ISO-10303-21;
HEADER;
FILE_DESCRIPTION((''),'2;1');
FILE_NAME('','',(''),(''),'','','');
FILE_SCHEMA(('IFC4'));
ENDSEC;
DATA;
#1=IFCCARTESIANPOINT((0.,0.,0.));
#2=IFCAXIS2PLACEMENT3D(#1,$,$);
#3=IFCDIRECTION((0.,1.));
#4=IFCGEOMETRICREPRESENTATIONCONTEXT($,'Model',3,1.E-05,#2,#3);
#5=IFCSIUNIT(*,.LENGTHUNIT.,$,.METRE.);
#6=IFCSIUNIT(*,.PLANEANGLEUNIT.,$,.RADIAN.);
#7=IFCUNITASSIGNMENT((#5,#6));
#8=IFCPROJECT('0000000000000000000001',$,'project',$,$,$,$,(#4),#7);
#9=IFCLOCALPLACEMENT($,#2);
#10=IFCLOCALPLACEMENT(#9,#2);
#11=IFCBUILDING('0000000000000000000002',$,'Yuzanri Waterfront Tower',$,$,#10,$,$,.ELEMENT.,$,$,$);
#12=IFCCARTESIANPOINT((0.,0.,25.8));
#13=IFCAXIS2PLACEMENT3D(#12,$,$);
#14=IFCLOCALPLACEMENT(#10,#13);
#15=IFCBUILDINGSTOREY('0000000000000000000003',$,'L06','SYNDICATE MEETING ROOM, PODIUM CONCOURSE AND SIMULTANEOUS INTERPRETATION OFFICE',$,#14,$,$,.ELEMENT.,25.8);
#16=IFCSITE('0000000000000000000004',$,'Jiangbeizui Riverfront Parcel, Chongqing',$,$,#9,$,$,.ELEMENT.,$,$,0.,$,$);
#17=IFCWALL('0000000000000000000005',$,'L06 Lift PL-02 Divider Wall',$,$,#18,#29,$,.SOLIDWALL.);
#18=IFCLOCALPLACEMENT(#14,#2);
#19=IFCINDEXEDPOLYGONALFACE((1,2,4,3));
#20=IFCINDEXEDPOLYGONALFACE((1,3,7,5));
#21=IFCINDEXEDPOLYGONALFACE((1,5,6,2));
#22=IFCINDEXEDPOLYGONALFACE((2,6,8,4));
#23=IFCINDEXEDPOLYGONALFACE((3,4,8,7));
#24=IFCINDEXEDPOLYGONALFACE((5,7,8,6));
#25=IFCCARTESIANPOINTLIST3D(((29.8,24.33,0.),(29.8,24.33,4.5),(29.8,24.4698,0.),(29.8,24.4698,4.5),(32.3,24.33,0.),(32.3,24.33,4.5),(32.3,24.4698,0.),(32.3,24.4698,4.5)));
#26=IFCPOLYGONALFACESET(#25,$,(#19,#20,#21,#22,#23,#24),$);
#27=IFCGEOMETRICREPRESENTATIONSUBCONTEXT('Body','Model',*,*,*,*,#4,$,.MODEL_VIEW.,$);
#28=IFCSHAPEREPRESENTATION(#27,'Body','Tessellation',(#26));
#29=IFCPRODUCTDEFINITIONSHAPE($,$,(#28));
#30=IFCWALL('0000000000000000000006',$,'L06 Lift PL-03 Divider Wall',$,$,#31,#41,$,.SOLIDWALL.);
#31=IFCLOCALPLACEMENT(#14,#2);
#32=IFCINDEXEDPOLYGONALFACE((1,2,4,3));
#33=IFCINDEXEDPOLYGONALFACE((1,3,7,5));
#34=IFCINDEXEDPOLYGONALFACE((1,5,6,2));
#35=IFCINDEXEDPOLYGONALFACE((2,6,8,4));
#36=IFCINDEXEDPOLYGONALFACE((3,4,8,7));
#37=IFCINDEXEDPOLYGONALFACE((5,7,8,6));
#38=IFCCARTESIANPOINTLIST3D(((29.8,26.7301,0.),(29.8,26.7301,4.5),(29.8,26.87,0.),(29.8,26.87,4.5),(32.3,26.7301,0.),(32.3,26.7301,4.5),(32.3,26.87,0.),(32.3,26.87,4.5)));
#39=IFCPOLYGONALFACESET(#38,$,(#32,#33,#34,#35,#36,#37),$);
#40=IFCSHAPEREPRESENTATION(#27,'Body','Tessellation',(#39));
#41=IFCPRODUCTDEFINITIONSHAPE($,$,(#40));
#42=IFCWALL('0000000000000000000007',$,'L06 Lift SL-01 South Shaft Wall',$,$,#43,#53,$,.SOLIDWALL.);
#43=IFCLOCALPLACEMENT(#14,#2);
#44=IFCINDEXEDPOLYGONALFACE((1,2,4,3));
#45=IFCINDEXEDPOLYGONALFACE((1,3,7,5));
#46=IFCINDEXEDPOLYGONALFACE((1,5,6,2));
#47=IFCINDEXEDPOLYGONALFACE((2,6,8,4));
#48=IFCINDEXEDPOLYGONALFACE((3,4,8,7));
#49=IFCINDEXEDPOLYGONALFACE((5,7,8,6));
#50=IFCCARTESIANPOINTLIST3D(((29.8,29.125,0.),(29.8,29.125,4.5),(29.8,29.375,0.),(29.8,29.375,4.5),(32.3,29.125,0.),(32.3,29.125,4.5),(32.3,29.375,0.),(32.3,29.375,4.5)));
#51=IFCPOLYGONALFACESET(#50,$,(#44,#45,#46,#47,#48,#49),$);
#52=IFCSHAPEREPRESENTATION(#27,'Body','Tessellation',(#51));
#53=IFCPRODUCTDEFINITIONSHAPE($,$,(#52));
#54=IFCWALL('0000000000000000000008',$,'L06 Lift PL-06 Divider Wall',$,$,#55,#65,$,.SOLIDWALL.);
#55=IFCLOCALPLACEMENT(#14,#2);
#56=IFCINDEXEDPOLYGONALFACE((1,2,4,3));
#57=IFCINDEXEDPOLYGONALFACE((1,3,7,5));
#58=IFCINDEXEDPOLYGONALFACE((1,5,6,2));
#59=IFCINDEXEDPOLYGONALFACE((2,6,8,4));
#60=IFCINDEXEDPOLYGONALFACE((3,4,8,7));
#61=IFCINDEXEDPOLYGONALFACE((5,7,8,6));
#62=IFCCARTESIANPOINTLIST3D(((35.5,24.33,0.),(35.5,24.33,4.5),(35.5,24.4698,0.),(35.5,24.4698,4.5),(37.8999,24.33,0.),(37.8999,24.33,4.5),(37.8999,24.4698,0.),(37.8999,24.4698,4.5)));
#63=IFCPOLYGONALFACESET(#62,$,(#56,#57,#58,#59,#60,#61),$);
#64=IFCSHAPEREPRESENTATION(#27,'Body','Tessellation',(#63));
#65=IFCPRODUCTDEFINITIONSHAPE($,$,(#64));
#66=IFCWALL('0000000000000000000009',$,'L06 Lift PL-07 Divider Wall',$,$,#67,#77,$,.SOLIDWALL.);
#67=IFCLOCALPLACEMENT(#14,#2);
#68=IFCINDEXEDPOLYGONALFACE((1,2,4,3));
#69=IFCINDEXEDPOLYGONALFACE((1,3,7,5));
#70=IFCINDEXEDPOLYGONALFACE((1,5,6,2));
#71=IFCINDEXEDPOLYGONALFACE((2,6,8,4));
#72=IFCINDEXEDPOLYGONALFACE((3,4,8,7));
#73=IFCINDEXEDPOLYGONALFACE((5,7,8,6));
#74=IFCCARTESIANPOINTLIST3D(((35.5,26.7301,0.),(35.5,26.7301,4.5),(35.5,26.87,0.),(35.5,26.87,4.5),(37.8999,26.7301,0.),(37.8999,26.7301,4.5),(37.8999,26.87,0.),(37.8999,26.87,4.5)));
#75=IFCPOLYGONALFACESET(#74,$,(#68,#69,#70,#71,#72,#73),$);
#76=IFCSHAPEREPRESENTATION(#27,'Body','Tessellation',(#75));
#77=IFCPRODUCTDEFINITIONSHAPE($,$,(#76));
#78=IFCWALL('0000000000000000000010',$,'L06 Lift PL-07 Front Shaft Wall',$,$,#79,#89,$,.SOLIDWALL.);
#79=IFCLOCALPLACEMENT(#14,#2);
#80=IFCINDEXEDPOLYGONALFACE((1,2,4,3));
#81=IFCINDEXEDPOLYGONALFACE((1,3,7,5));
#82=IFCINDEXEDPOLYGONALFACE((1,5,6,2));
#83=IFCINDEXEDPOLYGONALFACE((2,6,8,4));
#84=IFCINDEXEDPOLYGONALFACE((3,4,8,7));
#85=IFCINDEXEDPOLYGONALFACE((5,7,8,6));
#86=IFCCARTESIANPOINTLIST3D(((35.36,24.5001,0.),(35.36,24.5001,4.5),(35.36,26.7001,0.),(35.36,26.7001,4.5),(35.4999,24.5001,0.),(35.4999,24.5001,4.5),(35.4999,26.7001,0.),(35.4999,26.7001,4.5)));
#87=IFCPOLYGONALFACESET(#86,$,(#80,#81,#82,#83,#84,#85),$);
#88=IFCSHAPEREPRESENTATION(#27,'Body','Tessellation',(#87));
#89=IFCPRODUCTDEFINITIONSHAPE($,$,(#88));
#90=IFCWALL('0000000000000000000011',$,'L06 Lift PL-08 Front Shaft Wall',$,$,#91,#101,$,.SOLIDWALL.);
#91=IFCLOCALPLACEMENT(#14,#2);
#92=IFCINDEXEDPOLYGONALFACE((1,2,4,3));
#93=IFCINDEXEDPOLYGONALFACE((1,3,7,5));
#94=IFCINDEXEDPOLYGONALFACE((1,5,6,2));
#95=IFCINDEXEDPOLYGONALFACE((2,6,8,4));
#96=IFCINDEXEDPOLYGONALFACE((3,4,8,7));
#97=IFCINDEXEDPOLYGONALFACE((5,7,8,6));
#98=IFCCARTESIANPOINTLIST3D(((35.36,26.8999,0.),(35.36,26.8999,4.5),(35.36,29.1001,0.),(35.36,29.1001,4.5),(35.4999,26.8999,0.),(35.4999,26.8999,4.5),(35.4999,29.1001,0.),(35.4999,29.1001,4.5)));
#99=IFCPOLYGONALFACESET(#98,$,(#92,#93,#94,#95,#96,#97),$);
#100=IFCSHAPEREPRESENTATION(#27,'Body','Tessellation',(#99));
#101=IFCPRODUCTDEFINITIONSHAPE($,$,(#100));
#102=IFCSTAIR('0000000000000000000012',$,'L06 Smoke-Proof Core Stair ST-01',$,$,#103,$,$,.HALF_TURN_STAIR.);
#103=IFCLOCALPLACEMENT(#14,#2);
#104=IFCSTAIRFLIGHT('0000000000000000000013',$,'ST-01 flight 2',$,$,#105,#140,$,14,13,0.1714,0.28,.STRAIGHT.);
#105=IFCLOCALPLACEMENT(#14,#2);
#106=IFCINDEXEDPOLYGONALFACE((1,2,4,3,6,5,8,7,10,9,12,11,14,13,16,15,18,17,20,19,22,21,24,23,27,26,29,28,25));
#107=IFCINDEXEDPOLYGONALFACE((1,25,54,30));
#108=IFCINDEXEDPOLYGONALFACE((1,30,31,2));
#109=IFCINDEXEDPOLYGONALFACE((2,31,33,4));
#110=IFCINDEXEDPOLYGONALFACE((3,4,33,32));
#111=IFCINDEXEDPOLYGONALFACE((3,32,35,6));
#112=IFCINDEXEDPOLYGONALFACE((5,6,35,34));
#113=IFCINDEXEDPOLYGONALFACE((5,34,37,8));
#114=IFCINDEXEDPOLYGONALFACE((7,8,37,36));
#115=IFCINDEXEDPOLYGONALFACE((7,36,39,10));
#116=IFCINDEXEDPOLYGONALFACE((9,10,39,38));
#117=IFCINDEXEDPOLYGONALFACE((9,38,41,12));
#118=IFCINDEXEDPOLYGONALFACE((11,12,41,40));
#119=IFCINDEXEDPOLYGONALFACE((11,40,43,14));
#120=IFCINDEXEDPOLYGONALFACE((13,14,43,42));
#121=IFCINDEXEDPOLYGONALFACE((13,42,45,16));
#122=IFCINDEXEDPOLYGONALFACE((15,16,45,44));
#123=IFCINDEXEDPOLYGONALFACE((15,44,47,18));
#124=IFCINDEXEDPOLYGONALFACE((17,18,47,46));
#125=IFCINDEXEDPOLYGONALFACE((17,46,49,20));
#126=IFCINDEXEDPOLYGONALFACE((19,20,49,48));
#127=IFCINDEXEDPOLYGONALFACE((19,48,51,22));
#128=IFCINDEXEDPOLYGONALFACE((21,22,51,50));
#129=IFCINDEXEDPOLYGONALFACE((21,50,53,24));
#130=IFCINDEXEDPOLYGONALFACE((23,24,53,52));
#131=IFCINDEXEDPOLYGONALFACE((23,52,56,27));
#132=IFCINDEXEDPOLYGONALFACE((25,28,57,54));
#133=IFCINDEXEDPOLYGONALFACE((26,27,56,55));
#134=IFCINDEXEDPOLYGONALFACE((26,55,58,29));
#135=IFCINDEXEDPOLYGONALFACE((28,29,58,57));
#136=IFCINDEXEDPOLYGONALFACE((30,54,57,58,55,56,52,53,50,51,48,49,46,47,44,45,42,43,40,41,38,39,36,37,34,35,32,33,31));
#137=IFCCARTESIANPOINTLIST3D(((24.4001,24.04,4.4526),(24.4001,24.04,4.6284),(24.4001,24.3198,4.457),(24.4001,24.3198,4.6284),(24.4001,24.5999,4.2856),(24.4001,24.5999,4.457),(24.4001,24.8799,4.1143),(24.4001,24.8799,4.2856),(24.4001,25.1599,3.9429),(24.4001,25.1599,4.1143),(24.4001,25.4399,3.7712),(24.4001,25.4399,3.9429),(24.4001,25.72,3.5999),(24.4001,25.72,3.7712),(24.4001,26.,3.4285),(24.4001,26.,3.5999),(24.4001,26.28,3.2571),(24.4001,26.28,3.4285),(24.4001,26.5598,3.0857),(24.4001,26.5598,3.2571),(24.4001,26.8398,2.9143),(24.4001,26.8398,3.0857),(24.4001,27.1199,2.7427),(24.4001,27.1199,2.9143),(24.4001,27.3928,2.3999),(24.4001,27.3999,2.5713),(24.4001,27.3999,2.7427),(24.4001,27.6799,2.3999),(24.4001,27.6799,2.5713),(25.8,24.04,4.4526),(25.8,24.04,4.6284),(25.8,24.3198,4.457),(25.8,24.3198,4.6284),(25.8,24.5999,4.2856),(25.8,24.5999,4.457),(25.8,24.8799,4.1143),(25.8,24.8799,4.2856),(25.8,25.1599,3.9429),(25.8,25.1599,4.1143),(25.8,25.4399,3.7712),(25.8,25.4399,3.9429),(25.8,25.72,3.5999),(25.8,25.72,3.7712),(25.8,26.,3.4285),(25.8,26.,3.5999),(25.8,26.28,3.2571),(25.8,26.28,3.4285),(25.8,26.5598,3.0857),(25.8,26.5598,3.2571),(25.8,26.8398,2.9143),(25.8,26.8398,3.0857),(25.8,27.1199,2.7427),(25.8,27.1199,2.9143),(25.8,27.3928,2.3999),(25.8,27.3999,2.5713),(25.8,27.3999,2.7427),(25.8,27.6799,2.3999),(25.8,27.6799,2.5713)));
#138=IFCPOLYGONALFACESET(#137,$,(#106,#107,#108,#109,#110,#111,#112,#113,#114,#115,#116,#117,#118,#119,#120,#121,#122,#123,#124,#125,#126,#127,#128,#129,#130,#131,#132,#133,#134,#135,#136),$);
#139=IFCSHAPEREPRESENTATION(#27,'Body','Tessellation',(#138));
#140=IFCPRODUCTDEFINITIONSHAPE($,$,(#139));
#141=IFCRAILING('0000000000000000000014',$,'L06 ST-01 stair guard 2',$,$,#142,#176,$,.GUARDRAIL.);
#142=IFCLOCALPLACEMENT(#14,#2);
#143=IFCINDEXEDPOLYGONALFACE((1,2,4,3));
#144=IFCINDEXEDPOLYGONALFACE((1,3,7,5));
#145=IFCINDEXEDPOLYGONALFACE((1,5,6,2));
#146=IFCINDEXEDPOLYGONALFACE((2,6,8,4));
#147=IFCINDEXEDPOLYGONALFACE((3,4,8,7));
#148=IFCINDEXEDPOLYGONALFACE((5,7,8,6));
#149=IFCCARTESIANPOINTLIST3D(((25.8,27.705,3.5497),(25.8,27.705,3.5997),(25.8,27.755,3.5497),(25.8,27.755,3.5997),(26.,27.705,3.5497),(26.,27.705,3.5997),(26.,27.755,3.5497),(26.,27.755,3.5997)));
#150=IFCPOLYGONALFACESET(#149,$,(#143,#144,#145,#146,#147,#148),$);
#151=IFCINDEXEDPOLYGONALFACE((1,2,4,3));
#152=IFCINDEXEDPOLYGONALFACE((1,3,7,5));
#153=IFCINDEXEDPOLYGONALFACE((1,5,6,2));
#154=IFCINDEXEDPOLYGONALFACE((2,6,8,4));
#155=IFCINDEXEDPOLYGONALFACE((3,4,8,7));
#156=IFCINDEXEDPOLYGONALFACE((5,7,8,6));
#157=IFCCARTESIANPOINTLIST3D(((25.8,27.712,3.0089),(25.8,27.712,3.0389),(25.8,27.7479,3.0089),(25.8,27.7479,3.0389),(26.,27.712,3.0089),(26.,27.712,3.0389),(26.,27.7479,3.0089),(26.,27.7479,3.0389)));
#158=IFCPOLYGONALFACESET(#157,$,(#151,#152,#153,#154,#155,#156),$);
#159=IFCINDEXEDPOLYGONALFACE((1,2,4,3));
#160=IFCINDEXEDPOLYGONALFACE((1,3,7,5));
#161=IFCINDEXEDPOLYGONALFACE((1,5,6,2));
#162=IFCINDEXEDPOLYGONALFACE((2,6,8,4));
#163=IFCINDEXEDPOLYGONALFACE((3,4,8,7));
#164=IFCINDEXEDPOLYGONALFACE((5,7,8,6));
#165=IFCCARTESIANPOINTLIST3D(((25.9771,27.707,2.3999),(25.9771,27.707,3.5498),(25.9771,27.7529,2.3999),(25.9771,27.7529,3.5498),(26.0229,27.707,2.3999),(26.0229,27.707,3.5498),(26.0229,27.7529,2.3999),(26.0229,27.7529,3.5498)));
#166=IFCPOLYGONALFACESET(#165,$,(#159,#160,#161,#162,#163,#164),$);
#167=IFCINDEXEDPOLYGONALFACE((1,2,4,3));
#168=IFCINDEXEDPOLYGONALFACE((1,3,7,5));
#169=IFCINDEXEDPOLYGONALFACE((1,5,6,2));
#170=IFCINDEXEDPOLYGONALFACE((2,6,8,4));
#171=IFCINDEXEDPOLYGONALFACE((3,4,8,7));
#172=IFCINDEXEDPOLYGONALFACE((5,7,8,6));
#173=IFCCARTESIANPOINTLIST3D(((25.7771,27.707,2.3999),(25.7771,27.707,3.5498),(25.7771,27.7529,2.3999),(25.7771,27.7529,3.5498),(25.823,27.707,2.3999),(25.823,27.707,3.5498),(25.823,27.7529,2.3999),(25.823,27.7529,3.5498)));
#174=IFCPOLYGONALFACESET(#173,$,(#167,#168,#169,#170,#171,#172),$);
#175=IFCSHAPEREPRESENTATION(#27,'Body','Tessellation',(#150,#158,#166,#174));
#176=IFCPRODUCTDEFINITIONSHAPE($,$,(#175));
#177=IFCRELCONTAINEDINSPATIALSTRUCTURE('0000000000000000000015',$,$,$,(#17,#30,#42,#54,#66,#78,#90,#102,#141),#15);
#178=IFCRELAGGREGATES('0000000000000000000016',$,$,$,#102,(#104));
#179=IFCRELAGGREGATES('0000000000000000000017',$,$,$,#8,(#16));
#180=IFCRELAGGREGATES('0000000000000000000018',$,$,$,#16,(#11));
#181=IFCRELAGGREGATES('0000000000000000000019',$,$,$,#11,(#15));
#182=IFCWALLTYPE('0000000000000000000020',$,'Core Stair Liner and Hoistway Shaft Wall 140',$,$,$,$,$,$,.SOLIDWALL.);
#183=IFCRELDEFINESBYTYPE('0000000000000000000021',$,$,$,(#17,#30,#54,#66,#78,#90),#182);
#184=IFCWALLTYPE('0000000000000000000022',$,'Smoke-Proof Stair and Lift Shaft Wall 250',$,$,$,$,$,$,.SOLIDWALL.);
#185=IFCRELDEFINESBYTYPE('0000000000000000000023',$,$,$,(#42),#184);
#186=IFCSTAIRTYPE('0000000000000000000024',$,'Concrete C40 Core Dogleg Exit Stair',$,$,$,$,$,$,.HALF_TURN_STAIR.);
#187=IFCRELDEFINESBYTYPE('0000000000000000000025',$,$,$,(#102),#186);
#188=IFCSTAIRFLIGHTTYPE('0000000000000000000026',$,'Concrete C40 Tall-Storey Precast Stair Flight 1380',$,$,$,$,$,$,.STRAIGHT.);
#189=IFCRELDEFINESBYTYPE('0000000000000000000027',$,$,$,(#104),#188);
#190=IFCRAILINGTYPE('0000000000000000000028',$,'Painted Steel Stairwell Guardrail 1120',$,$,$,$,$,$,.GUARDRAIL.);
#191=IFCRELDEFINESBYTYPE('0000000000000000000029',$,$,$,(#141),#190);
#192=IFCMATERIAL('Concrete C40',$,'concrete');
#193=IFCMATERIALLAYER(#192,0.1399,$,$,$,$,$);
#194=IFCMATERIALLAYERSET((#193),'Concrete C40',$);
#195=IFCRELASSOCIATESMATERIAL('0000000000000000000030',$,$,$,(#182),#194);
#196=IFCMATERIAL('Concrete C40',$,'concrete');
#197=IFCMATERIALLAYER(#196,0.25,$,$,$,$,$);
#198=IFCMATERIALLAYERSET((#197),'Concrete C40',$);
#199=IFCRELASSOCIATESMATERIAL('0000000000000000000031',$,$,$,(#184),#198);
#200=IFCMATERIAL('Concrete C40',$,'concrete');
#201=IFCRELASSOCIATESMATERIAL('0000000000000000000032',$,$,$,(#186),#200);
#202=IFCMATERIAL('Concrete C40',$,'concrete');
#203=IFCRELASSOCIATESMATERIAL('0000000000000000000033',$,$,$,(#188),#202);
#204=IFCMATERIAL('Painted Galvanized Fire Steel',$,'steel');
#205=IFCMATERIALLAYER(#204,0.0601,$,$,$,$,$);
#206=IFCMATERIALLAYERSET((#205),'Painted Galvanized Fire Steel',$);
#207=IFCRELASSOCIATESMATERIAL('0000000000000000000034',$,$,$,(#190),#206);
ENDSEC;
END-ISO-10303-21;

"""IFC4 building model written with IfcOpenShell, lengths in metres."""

from ifc_helpers import new_model, si_unit, direction, frame, frame_2d, origin, origin_2d, place, context, subcontext, project, spatial, polyline, rectangle, outline, extrude, source, transform, mapped, material, layer, layer_set, type_object, element, aggregate, save


model = new_model("IFC4")

# Units and contexts
model_context = context("Model", 3, precision=1e-05, world=origin(), true_north=direction((0.0, 1.0)))
body_context = subcontext(model_context, "Body", "Model", "MODEL_VIEW")
ifc_project = project(units=[si_unit("LENGTHUNIT", "METRE"), si_unit("PLANEANGLEUNIT", "RADIAN")], contexts=[model_context])

# Site, building, storey
site_placement = place(None, origin())
site = spatial("IfcSite", under=ifc_project, at=site_placement, Name="Jiangbeizui Riverfront Parcel, Chongqing", CompositionType="ELEMENT", RefElevation=0.0)
building_placement = place(site_placement, origin())
building = spatial("IfcBuilding", under=site, at=building_placement, Name="Yuzanri Waterfront Tower", CompositionType="ELEMENT")
storey_placement = place(building_placement, frame((0.0, 0.0, 25.8)))
storey = spatial("IfcBuildingStorey", under=building, at=storey_placement, Name="L06", Description="SYNDICATE MEETING ROOM, PODIUM CONCOURSE AND SIMULTANEOUS INTERPRETATION OFFICE", CompositionType="ELEMENT", Elevation=25.8)

# Shared definitions
ifc_material_1 = material(Name="Concrete C40", Category="concrete")
ifc_layer_1 = layer(ifc_material_1, 0.1399)
ifc_layer_set_1 = layer_set([ifc_layer_1], Name="Concrete C40")
wall_type_1 = type_object("IfcWallType", Name="Core Stair Liner and Hoistway Shaft Wall 140", PredefinedType="SOLIDWALL", material=ifc_layer_set_1)

# Walls
shared_shape_1 = source(origin(), body_context, "Body", "SweptSolid", [
    extrude(rectangle(XDim=2.5, YDim=0.1399, at=frame_2d((1.25, 0.0))), origin(), (0.0, 0.0, 1.0), 4.5),
])
for number, where, z_axis, x_axis, name in (
    (1, (29.8, 24.3999, 0.0), (0.0, 0.0, 1.0), (1.0, 0.0, 0.0), "L06 Lift PL-02 Divider Wall"),
    (2, (29.8, 26.8, 0.0), (0.0, 0.0, 1.0), (1.0, 0.0, 0.0), "L06 Lift PL-03 Divider Wall"),
):
    element("IfcWall", number, at=place(storey_placement, frame(where, z_axis=z_axis, x_axis=x_axis)), inside=storey, type_object=wall_type_1, Name=name, PredefinedType="SOLIDWALL", context=body_context, shape_type="MappedRepresentation", body=[
        mapped(shared_shape_1, transform((0.0, 0.0, 0.0), scale=1.0)),
    ])
ifc_material_2 = material(Name="Concrete C40", Category="concrete")
ifc_layer_2 = layer(ifc_material_2, 0.25)
ifc_layer_set_2 = layer_set([ifc_layer_2], Name="Concrete C40")
wall_type_2 = type_object("IfcWallType", Name="Smoke-Proof Stair and Lift Shaft Wall 250", PredefinedType="SOLIDWALL", material=ifc_layer_set_2)
shared_shape_2 = source(origin(), body_context, "Body", "SweptSolid", [
    extrude(rectangle(XDim=2.5, YDim=0.25, at=frame_2d((1.25, 0.0))), origin(), (0.0, 0.0, 1.0), 4.5),
])
wall_1_placement = place(storey_placement, frame((29.8, 29.25, 0.0), z_axis=(0.0, 0.0, 1.0), x_axis=(1.0, 0.0, 0.0)))
element("IfcWall", 3, at=wall_1_placement, inside=storey, type_object=wall_type_2, Name="L06 Lift SL-01 South Shaft Wall", PredefinedType="SOLIDWALL", context=body_context, shape_type="MappedRepresentation", body=[
    mapped(shared_shape_2, transform((0.0, 0.0, 0.0), scale=1.0)),
])
shared_shape_3 = source(origin(), body_context, "Body", "SweptSolid", [
    extrude(rectangle(XDim=2.3999, YDim=0.1399, at=frame_2d((1.2, 0.0))), origin(), (0.0, 0.0, 1.0), 4.5),
])
for number, where, z_axis, x_axis, name in (
    (4, (35.5, 24.3999, 0.0), (0.0, 0.0, 1.0), (1.0, 0.0, 0.0), "L06 Lift PL-06 Divider Wall"),
    (5, (35.5, 26.8, 0.0), (0.0, 0.0, 1.0), (1.0, 0.0, 0.0), "L06 Lift PL-07 Divider Wall"),
):
    element("IfcWall", number, at=place(storey_placement, frame(where, z_axis=z_axis, x_axis=x_axis)), inside=storey, type_object=wall_type_1, Name=name, PredefinedType="SOLIDWALL", context=body_context, shape_type="MappedRepresentation", body=[
        mapped(shared_shape_3, transform((0.0, 0.0, 0.0), scale=1.0)),
    ])
shared_shape_4 = source(origin(), body_context, "Body", "SweptSolid", [
    extrude(rectangle(XDim=2.2, YDim=0.1399, at=frame_2d((1.1001, 0.0))), origin(), (0.0, 0.0, 1.0), 4.5),
])
wall_2_placement = place(storey_placement, frame((35.4299, 24.5, 0.0), z_axis=(0.0, 0.0, 1.0), x_axis=(0.0, 1.0, 0.0)))
element("IfcWall", 6, at=wall_2_placement, inside=storey, type_object=wall_type_1, Name="L06 Lift PL-07 Front Shaft Wall", PredefinedType="SOLIDWALL", context=body_context, shape_type="MappedRepresentation", body=[
    mapped(shared_shape_4, transform((0.0, 0.0, 0.0), scale=1.0)),
])
shared_shape_5 = source(origin(), body_context, "Body", "SweptSolid", [
    extrude(rectangle(XDim=2.2002, YDim=0.1399, at=frame_2d((1.1001, 0.0))), origin(), (0.0, 0.0, 1.0), 4.5),
])
wall_3_placement = place(storey_placement, frame((35.4299, 26.8999, 0.0), z_axis=(0.0, 0.0, 1.0), x_axis=(0.0, 1.0, 0.0)))
element("IfcWall", 7, at=wall_3_placement, inside=storey, type_object=wall_type_1, Name="L06 Lift PL-08 Front Shaft Wall", PredefinedType="SOLIDWALL", context=body_context, shape_type="MappedRepresentation", body=[
    mapped(shared_shape_5, transform((0.0, 0.0, 0.0), scale=1.0)),
])

# Stair, stair flight
ifc_material_3 = material(Name="Concrete C40", Category="concrete")
stair_type = type_object("IfcStairType", Name="Concrete C40 Core Dogleg Exit Stair", PredefinedType="HALF_TURN_STAIR", material=ifc_material_3)
stair_placement = place(storey_placement, origin())
stair = element("IfcStair", 8, at=stair_placement, inside=storey, type_object=stair_type, Name="L06 Smoke-Proof Core Stair ST-01", PredefinedType="HALF_TURN_STAIR")
ifc_material_4 = material(Name="Concrete C40", Category="concrete")
stair_flight_type = type_object("IfcStairFlightType", Name="Concrete C40 Tall-Storey Precast Stair Flight 1380", PredefinedType="STRAIGHT", material=ifc_material_4)
shared_shape_6 = source(origin(), body_context, "Body", "SweptSolid", [
    extrude(outline(polyline([(0.0, 0.0), (0.0, 0.1714), (0.28, 0.1714), (0.28, 0.3428), (0.5601, 0.3428), (0.5601, 0.5144), (0.8401, 0.5144), (0.8401, 0.6858), (1.1201, 0.6858), (1.1201, 0.8572), (1.3999, 0.8572), (1.3999, 1.0286), (1.6799, 1.0286), (1.6799, 1.2), (1.96, 1.2), (1.96, 1.3713), (2.24, 1.3713), (2.24, 1.543), (2.52, 1.543), (2.52, 1.7144), (2.8, 1.7144), (2.8, 1.8857), (3.0801, 1.8857), (3.0801, 2.0571), (3.3601, 2.0571), (3.3601, 2.2285), (3.6399, 2.2285), (3.6399, 2.3999), (3.6399, 2.0527), (0.2871, 0.0), (0.0, 0.0)])), frame((0.0, 0.7, 0.0), z_axis=(0.0, -1.0, 0.0), x_axis=(1.0, 0.0, 0.0)), (0.0, 0.0, 1.0), 1.3999),
])
stair_flight_placement = place(storey_placement, frame((25.1001, 27.6799, 2.3999), z_axis=(0.0, 0.0, 1.0), x_axis=(0.0, -1.0, 0.0)))
stair_flight = element("IfcStairFlight", 9, at=stair_flight_placement, type_object=stair_flight_type, Name="ST-01 flight 2", NumberOfRisers=14, NumberOfTreads=13, PredefinedType="STRAIGHT", RiserHeight=0.1714, TreadLength=0.28, context=body_context, shape_type="MappedRepresentation", body=[
    mapped(shared_shape_6, transform((0.0, 0.0, 0.0), scale=1.0)),
])
aggregate(stair, [stair_flight])

# Railing
ifc_material_5 = material(Name="Painted Galvanized Fire Steel", Category="steel")
ifc_layer_3 = layer(ifc_material_5, 0.0601)
ifc_layer_set_3 = layer_set([ifc_layer_3], Name="Painted Galvanized Fire Steel")
railing_type_1 = type_object("IfcRailingType", Name="Painted Steel Stairwell Guardrail 1120", PredefinedType="GUARDRAIL", material=ifc_layer_set_3)
shared_shape_7 = source(origin(), body_context, "Body", "SweptSolid", [
    extrude(rectangle(XDim=0.05, YDim=0.05, at=origin_2d()), frame((0.0, 0.0, 1.1748), z_axis=(-1.0, 0.0, 0.0), x_axis=(0.0, -1.0, 0.0)), (0.0, 0.0, 1.0), 0.2),
    extrude(rectangle(XDim=0.0359, YDim=0.03, at=origin_2d()), frame((0.0, 0.0, 0.624), z_axis=(-1.0, 0.0, 0.0), x_axis=(0.0, -1.0, 0.0)), (0.0, 0.0, 1.0), 0.2),
    extrude(rectangle(XDim=0.0459, YDim=0.0459, at=origin_2d()), origin(), (0.0, 0.0, 1.0), 1.1499),
    extrude(rectangle(XDim=0.0459, YDim=0.0459, at=origin_2d()), frame((-0.2, 0.0, 0.0)), (0.0, 0.0, 1.0), 1.1499),
])
railing_1_placement = place(storey_placement, frame((26.0, 27.73, 2.3999)))
element("IfcRailing", 10, at=railing_1_placement, inside=storey, type_object=railing_type_1, Name="L06 ST-01 stair guard 2", PredefinedType="GUARDRAIL", context=body_context, shape_type="MappedRepresentation", body=[
    mapped(shared_shape_7, transform((0.0, 0.0, 0.0), scale=1.0)),
])

save(model, "model.ifc")
